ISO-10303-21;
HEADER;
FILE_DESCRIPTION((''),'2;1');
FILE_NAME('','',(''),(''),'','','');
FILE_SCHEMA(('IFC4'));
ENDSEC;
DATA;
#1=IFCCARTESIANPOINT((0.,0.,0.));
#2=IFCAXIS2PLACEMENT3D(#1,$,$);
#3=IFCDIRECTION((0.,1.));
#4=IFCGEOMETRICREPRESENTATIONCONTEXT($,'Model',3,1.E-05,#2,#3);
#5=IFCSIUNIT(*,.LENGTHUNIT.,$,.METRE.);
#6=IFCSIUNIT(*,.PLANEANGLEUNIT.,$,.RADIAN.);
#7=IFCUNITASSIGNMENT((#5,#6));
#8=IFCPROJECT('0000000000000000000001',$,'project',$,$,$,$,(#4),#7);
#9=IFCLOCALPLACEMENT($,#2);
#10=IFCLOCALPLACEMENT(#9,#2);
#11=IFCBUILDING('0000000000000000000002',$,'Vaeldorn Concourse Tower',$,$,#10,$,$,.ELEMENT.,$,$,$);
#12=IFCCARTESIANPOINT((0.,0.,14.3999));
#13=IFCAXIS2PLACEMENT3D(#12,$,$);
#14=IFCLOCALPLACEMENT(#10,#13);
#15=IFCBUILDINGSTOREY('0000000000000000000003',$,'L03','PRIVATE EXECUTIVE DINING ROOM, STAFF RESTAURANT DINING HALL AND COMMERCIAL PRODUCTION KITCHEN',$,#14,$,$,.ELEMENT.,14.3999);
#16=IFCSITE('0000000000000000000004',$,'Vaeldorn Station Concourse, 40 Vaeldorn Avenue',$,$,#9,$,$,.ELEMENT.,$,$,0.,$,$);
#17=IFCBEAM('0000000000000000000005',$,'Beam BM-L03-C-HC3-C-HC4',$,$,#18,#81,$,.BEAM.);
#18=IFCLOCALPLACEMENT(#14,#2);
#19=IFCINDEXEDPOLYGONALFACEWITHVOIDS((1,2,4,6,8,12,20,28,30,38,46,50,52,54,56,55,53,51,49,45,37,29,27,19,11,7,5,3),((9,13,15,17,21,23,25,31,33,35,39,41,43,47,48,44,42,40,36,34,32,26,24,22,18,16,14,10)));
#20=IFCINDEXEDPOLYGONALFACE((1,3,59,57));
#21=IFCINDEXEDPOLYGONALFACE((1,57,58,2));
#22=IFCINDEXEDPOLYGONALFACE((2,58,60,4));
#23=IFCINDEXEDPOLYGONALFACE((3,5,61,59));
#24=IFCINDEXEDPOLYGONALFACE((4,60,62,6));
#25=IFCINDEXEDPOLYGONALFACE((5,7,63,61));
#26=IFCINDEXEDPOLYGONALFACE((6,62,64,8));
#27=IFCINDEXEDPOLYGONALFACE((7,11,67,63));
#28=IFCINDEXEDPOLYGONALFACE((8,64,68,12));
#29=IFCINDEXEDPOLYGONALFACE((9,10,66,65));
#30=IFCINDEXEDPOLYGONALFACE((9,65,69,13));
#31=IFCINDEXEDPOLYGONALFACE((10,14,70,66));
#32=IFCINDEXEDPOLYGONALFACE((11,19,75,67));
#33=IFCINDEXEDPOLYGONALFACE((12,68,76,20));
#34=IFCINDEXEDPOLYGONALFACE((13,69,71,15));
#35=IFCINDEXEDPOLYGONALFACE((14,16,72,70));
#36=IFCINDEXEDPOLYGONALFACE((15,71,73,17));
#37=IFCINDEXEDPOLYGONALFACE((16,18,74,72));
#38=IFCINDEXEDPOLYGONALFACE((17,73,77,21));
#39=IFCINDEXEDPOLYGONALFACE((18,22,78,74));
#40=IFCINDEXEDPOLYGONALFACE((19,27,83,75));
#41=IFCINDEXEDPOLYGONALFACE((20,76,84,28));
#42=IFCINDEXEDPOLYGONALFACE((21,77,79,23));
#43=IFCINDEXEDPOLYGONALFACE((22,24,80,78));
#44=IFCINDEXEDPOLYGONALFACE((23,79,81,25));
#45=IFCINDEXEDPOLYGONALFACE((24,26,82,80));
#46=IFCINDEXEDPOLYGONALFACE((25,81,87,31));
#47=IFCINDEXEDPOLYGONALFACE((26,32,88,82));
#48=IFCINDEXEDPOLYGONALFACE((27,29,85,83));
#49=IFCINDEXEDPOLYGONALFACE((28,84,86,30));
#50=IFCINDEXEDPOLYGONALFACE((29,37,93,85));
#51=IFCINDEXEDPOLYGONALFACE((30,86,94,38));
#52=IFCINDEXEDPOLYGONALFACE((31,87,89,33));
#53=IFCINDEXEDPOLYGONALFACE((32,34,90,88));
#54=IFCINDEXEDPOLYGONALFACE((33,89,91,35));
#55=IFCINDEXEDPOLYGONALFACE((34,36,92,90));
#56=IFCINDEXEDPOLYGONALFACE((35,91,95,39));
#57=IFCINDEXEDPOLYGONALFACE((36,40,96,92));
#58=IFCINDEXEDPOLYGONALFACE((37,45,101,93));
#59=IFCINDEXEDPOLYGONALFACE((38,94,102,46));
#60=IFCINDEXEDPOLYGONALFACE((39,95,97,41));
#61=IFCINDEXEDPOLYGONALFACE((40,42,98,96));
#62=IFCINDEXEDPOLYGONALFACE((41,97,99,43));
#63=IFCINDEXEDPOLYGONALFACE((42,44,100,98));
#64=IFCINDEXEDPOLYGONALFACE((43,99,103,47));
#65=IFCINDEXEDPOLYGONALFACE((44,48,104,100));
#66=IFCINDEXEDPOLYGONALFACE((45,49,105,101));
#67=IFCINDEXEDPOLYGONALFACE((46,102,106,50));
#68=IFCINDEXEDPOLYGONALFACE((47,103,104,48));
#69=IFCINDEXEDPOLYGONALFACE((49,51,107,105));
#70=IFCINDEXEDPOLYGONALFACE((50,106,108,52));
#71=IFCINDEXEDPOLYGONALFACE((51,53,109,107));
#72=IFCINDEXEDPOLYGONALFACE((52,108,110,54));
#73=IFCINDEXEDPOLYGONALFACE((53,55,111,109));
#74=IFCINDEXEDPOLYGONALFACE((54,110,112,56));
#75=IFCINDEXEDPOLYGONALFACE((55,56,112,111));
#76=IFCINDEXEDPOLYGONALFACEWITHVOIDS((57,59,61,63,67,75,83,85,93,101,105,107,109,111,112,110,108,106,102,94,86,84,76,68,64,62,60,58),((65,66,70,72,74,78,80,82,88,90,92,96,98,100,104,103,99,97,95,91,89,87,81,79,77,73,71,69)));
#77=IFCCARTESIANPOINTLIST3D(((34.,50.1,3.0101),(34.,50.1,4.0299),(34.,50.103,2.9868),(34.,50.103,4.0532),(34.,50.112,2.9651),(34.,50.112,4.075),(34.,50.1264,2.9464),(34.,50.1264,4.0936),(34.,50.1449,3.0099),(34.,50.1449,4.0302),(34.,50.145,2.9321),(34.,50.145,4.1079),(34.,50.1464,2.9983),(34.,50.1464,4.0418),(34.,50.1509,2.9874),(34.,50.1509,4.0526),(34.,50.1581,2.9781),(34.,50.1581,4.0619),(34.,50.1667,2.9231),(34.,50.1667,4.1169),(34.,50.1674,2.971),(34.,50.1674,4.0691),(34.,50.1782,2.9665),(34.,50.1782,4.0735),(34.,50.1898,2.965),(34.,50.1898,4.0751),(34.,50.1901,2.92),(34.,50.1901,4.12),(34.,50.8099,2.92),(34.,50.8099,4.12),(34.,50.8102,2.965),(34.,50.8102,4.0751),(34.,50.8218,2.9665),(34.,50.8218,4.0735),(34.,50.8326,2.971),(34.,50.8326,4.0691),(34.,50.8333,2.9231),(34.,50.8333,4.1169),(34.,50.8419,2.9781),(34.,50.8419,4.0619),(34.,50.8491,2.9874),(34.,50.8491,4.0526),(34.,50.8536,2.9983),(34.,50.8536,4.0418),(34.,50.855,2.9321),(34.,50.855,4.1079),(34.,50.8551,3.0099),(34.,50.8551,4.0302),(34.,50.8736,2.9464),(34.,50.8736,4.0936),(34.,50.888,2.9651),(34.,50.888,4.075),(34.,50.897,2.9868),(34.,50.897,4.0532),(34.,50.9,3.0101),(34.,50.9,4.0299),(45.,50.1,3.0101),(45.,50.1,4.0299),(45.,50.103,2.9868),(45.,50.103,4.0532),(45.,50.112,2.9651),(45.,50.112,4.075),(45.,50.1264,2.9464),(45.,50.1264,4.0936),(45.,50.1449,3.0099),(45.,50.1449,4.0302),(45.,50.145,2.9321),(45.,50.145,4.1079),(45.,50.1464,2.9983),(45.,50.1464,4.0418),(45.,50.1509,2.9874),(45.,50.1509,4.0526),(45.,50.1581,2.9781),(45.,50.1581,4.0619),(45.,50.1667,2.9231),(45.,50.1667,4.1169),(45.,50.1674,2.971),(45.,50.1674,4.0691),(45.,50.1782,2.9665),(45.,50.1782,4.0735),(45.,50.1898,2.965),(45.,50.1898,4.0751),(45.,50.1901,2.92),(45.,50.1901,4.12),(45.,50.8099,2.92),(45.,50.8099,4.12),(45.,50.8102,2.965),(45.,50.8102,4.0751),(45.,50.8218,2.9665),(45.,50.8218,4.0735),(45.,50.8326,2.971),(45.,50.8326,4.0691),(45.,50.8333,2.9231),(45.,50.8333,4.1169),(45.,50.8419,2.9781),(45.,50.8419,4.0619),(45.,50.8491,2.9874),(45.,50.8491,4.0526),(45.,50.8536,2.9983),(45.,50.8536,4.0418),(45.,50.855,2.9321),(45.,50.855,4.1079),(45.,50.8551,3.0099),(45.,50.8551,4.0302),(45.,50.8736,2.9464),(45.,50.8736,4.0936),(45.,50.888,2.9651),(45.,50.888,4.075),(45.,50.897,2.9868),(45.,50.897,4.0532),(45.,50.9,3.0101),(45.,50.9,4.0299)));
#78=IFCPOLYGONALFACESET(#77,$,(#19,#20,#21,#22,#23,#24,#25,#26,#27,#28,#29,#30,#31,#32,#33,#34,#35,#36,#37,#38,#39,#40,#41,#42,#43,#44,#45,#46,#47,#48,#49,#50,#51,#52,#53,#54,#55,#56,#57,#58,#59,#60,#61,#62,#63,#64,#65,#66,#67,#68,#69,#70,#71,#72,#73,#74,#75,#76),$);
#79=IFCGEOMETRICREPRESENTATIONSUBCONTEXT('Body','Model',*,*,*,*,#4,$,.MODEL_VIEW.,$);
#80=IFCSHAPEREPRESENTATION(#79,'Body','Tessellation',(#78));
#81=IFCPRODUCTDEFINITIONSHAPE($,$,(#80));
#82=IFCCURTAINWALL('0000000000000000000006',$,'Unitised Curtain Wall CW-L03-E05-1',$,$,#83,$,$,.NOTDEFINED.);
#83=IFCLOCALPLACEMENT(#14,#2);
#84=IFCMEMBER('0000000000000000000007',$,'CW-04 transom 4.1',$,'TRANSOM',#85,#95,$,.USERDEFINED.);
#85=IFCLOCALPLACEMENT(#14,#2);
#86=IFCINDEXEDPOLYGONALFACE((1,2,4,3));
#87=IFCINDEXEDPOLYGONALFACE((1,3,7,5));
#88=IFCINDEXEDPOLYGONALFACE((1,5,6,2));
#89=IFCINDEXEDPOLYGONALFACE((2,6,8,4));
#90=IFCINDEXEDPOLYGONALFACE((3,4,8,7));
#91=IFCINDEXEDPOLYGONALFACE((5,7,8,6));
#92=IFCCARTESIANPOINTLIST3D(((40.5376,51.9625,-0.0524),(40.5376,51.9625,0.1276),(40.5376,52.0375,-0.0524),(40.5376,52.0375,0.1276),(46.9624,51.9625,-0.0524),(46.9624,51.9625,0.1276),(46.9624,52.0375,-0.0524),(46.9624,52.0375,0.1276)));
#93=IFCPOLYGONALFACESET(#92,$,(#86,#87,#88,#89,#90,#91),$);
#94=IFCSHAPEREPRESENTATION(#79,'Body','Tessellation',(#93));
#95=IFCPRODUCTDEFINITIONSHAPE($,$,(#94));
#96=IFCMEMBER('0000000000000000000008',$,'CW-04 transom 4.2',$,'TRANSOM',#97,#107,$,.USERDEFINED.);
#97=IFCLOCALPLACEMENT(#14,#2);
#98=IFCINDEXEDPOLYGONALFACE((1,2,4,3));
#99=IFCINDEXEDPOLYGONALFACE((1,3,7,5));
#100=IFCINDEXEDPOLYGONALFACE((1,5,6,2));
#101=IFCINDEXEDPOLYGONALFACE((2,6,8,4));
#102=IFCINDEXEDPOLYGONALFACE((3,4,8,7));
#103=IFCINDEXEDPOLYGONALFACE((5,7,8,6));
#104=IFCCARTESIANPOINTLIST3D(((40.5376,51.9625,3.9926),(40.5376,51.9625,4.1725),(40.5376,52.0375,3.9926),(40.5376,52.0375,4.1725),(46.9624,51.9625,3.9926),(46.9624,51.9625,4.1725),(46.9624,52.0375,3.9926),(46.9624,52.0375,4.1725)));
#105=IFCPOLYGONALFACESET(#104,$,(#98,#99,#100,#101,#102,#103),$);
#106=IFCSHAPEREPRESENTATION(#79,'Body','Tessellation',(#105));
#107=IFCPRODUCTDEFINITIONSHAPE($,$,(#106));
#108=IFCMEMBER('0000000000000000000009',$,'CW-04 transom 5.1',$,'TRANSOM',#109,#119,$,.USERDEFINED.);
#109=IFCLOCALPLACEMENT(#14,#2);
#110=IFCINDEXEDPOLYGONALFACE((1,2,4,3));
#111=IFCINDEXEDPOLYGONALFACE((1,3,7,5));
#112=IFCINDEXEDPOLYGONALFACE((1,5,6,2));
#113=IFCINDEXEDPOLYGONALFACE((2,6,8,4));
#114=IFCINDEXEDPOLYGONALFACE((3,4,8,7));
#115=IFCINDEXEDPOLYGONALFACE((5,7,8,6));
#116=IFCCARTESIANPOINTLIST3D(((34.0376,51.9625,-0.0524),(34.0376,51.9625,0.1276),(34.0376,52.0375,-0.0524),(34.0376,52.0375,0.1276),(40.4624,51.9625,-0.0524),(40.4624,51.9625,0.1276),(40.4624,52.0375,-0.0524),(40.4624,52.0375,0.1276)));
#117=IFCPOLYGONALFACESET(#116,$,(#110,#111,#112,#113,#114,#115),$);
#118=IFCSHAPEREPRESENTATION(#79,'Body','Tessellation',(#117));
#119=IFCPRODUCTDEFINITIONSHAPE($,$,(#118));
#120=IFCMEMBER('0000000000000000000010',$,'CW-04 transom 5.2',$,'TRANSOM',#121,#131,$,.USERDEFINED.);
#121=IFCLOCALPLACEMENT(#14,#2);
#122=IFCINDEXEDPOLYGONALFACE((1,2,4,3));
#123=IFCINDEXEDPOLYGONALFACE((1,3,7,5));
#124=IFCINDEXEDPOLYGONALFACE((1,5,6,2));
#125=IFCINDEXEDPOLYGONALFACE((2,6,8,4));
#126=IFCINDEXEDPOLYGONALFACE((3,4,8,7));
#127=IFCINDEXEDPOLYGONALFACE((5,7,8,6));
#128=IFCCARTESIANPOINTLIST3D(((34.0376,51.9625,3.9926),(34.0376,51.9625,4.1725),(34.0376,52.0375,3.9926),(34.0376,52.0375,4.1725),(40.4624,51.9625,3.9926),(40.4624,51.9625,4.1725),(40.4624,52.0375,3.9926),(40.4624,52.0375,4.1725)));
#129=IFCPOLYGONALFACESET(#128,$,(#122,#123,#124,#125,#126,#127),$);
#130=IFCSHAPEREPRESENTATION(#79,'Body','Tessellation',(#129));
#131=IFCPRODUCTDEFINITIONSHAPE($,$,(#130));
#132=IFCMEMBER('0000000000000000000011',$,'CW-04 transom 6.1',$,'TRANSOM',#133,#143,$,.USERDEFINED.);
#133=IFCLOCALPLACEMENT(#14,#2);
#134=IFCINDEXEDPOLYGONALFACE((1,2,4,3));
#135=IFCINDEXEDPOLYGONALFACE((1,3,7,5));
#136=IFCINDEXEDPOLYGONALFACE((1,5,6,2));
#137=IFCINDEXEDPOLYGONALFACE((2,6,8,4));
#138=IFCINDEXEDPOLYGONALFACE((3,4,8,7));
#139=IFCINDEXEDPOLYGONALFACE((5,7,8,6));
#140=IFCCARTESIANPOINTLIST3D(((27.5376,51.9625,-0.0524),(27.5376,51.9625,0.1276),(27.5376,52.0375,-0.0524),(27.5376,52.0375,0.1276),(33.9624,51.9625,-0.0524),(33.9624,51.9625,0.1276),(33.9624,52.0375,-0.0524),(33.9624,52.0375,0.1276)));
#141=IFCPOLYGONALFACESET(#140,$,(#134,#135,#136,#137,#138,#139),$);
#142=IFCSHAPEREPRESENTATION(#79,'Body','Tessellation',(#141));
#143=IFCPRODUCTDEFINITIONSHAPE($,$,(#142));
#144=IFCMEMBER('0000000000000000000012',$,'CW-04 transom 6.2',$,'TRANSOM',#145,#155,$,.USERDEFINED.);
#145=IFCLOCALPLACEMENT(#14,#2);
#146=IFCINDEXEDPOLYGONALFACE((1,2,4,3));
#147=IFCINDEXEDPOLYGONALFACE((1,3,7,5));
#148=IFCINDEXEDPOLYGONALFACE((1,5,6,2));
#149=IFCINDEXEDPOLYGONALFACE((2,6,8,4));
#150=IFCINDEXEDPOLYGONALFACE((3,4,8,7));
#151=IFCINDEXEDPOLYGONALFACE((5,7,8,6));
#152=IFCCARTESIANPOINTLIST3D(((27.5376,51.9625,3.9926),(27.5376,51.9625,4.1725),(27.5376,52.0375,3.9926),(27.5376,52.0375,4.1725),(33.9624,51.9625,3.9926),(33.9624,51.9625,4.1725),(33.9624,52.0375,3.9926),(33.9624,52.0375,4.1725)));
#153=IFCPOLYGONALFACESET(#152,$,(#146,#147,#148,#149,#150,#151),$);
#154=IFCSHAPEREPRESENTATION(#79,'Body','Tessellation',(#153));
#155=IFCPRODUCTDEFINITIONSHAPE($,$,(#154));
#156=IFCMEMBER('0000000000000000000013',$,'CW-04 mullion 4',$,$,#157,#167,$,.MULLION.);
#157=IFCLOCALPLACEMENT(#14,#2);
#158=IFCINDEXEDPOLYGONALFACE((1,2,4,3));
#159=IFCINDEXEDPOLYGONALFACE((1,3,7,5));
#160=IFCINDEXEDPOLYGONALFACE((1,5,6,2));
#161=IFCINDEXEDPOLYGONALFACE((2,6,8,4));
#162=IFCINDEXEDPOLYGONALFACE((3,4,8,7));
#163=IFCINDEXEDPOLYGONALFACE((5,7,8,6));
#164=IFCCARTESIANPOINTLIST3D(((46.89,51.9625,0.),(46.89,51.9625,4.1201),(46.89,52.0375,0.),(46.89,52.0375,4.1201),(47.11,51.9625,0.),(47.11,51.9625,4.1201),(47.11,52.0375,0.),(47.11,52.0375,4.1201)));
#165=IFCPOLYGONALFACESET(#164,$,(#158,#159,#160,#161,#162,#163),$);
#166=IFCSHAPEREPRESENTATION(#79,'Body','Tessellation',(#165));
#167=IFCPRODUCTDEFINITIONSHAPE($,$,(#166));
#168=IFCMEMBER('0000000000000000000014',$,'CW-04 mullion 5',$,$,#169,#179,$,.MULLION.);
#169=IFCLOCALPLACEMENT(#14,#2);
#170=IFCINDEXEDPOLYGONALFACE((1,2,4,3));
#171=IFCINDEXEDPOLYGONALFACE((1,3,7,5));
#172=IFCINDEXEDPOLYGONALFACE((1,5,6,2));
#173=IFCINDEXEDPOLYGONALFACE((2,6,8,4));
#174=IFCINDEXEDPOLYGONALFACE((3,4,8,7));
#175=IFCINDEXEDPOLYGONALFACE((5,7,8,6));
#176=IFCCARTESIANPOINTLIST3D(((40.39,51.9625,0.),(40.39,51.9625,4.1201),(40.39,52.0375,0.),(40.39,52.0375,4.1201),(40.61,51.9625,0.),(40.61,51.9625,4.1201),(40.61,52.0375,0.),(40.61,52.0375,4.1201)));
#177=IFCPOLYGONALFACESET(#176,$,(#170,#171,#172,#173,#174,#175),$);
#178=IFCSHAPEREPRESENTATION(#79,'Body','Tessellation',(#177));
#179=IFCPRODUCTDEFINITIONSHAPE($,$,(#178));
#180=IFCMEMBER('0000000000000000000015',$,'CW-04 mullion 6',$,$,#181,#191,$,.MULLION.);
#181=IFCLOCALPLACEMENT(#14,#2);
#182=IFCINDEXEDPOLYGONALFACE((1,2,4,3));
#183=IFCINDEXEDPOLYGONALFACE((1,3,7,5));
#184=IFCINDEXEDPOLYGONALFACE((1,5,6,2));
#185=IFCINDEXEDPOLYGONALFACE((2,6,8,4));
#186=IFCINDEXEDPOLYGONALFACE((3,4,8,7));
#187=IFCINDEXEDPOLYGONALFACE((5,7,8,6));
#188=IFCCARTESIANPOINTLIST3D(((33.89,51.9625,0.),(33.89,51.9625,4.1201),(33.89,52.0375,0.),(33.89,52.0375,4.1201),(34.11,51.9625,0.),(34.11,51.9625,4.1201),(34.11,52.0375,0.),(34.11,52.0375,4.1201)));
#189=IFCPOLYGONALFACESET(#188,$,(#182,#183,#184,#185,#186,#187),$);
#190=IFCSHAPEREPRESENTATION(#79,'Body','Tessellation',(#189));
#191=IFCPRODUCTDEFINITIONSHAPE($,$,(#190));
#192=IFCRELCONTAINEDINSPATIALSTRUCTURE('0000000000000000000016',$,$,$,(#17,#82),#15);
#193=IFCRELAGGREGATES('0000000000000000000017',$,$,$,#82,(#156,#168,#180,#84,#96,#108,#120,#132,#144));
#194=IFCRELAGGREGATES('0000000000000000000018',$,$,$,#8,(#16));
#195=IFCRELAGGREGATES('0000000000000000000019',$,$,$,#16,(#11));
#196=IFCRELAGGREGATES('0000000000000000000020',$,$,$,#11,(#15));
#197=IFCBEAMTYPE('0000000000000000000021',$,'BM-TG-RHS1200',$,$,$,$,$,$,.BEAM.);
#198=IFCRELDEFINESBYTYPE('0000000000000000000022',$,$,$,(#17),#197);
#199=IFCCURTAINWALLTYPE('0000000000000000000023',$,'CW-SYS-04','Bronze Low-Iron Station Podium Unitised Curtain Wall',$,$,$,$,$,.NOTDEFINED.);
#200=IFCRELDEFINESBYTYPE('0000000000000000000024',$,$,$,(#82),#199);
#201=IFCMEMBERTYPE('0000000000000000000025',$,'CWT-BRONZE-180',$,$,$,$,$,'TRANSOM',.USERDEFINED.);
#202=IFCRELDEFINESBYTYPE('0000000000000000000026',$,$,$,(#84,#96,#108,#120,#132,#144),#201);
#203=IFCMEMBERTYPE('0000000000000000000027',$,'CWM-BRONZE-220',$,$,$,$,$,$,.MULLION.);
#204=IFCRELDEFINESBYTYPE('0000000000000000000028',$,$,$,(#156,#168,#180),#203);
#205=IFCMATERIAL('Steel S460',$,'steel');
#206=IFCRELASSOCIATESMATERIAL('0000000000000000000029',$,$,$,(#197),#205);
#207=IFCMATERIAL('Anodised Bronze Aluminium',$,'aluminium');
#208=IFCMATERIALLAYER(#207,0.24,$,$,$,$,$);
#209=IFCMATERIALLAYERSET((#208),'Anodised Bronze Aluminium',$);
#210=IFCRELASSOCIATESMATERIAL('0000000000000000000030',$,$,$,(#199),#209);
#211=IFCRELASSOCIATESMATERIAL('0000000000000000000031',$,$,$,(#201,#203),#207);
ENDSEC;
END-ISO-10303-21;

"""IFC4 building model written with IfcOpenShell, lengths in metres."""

from ifc_helpers import new_model, si_unit, direction, frame, origin, origin_2d, place, context, subcontext, project, spatial, rectangle, hollow_rectangle, extrude, source, transform, mapped, material, layer, layer_set, material_profile, profile_set, type_object, element, aggregate, save


model = new_model("IFC4")

# Units and contexts
model_context = context("Model", 3, precision=1e-05, world=origin(), true_north=direction((0.0, 1.0)))
body_context = subcontext(model_context, "Body", "Model", "MODEL_VIEW")
ifc_project = project(units=[si_unit("LENGTHUNIT", "METRE"), si_unit("PLANEANGLEUNIT", "RADIAN")], contexts=[model_context])

# Site, building, storey
site_placement = place(None, origin())
site = spatial("IfcSite", under=ifc_project, at=site_placement, Name="Vaeldorn Station Concourse, 40 Vaeldorn Avenue", CompositionType="ELEMENT", RefElevation=0.0)
building_placement = place(site_placement, origin())
building = spatial("IfcBuilding", under=site, at=building_placement, Name="Vaeldorn Concourse Tower", CompositionType="ELEMENT")
storey_placement = place(building_placement, frame((0.0, 0.0, 14.3999)))
storey = spatial("IfcBuildingStorey", under=building, at=storey_placement, Name="L03", Description="PRIVATE EXECUTIVE DINING ROOM, STAFF RESTAURANT DINING HALL AND COMMERCIAL PRODUCTION KITCHEN", CompositionType="ELEMENT", Elevation=14.3999)

# Shared definitions
ifc_material_1 = material(Name="Steel S460", Category="steel")

# Beam
ifc_material_profile_1 = material_profile(ifc_material_1, hollow_rectangle(XDim=0.8, YDim=1.2, WallThickness=0.0449, InnerFilletRadius=0.0449, OuterFilletRadius=0.0901, at=origin_2d()), Name="RHS 1200x800x45")
ifc_profile_set_1 = profile_set([ifc_material_profile_1], Name="Steel S460")
beam_type = type_object("IfcBeamType", Name="BM-TG-RHS1200", PredefinedType="BEAM", material=ifc_profile_set_1)
shared_shape_1 = source(origin(), body_context, "Body", "SweptSolid", [
    extrude(hollow_rectangle(XDim=0.8, YDim=1.2, WallThickness=0.0449, InnerFilletRadius=0.0449, OuterFilletRadius=0.0901, at=origin_2d()), origin(), (0.0, 0.0, 1.0), 11.0),
])
beam_1_placement = place(storey_placement, frame((34.0, 50.5, 3.52), z_axis=(1.0, 0.0, 0.0), x_axis=(0.0, 1.0, 0.0)))
element("IfcBeam", 1, at=beam_1_placement, inside=storey, type_object=beam_type, Name="Beam BM-L03-C-HC3-C-HC4", PredefinedType="BEAM", context=body_context, shape_type="MappedRepresentation", body=[
    mapped(shared_shape_1, transform((0.0, 0.0, 0.0), scale=1.0)),
])

# Curtain wall, members
ifc_material_2 = material(Name="Anodised Bronze Aluminium", Category="aluminium")
ifc_layer_1 = layer(ifc_material_2, 0.24)
ifc_layer_set_1 = layer_set([ifc_layer_1], Name="Anodised Bronze Aluminium")
curtain_wall_type = type_object("IfcCurtainWallType", Name="CW-SYS-04", Description="Bronze Low-Iron Station Podium Unitised Curtain Wall", PredefinedType="NOTDEFINED", material=ifc_layer_set_1)
curtain_wall_placement = place(storey_placement, origin())
curtain_wall = element("IfcCurtainWall", 2, at=curtain_wall_placement, inside=storey, type_object=curtain_wall_type, Name="Unitised Curtain Wall CW-L03-E05-1", PredefinedType="NOTDEFINED")
ifc_material_profile_2 = material_profile(ifc_material_2, rectangle(XDim=0.075, YDim=0.1799, at=origin_2d()), Name="CWT 75x180")
ifc_profile_set_2 = profile_set([ifc_material_profile_2], Name="Anodised Bronze Aluminium")
member_type_1 = type_object("IfcMemberType", Name="CWT-BRONZE-180", ElementType="TRANSOM", PredefinedType="USERDEFINED", material=ifc_profile_set_2)
shared_shape_2 = source(origin(), body_context, "Body", "SweptSolid", [
    extrude(rectangle(XDim=0.075, YDim=0.1799, at=origin_2d()), origin(), (0.0, 0.0, 1.0), 6.4248),
])
member_1_placement = place(storey_placement, frame((46.9624, 52.0, 0.0376), z_axis=(-1.0, 0.0, 0.0), x_axis=(0.0, -1.0, 0.0)))
member_1 = element("IfcMember", 3, at=member_1_placement, type_object=member_type_1, Name="CW-04 transom 4.1", ObjectType="TRANSOM", PredefinedType="USERDEFINED", context=body_context, shape_type="MappedRepresentation", body=[
    mapped(shared_shape_2, transform((0.0, 0.0, 0.0), scale=1.0)),
])
member_2_placement = place(storey_placement, frame((46.9624, 52.0, 4.0825), z_axis=(-1.0, 0.0, 0.0), x_axis=(0.0, -1.0, 0.0)))
member_2 = element("IfcMember", 4, at=member_2_placement, type_object=member_type_1, Name="CW-04 transom 4.2", ObjectType="TRANSOM", PredefinedType="USERDEFINED", context=body_context, shape_type="MappedRepresentation", body=[
    mapped(shared_shape_2, transform((0.0, 0.0, 0.0), scale=1.0)),
])
member_3_placement = place(storey_placement, frame((40.4624, 52.0, 0.0376), z_axis=(-1.0, 0.0, 0.0), x_axis=(0.0, -1.0, 0.0)))
member_3 = element("IfcMember", 5, at=member_3_placement, type_object=member_type_1, Name="CW-04 transom 5.1", ObjectType="TRANSOM", PredefinedType="USERDEFINED", context=body_context, shape_type="MappedRepresentation", body=[
    mapped(shared_shape_2, transform((0.0, 0.0, 0.0), scale=1.0)),
])
member_4_placement = place(storey_placement, frame((40.4624, 52.0, 4.0825), z_axis=(-1.0, 0.0, 0.0), x_axis=(0.0, -1.0, 0.0)))
member_4 = element("IfcMember", 6, at=member_4_placement, type_object=member_type_1, Name="CW-04 transom 5.2", ObjectType="TRANSOM", PredefinedType="USERDEFINED", context=body_context, shape_type="MappedRepresentation", body=[
    mapped(shared_shape_2, transform((0.0, 0.0, 0.0), scale=1.0)),
])
member_5_placement = place(storey_placement, frame((33.9624, 52.0, 0.0376), z_axis=(-1.0, 0.0, 0.0), x_axis=(0.0, -1.0, 0.0)))
member_5 = element("IfcMember", 7, at=member_5_placement, type_object=member_type_1, Name="CW-04 transom 6.1", ObjectType="TRANSOM", PredefinedType="USERDEFINED", context=body_context, shape_type="MappedRepresentation", body=[
    mapped(shared_shape_2, transform((0.0, 0.0, 0.0), scale=1.0)),
])
member_6_placement = place(storey_placement, frame((33.9624, 52.0, 4.0825), z_axis=(-1.0, 0.0, 0.0), x_axis=(0.0, -1.0, 0.0)))
member_6 = element("IfcMember", 8, at=member_6_placement, type_object=member_type_1, Name="CW-04 transom 6.2", ObjectType="TRANSOM", PredefinedType="USERDEFINED", context=body_context, shape_type="MappedRepresentation", body=[
    mapped(shared_shape_2, transform((0.0, 0.0, 0.0), scale=1.0)),
])
ifc_material_profile_3 = material_profile(ifc_material_2, rectangle(XDim=0.075, YDim=0.22, at=origin_2d()), Name="CWM 75x220")
ifc_profile_set_3 = profile_set([ifc_material_profile_3], Name="Anodised Bronze Aluminium")
member_type_2 = type_object("IfcMemberType", Name="CWM-BRONZE-220", PredefinedType="MULLION", material=ifc_profile_set_3)
shared_shape_3 = source(origin(), body_context, "Body", "SweptSolid", [
    extrude(rectangle(XDim=0.075, YDim=0.22, at=origin_2d()), origin(), (0.0, 0.0, 1.0), 4.1201),
])
member_7_placement = place(storey_placement, frame((47.0, 52.0, 0.0), z_axis=(0.0, 0.0, 1.0), x_axis=(0.0, -1.0, 0.0)))
member_7 = element("IfcMember", 9, at=member_7_placement, type_object=member_type_2, Name="CW-04 mullion 4", PredefinedType="MULLION", context=body_context, shape_type="MappedRepresentation", body=[
    mapped(shared_shape_3, transform((0.0, 0.0, 0.0), scale=1.0)),
])
member_8_placement = place(storey_placement, frame((40.5, 52.0, 0.0), z_axis=(0.0, 0.0, 1.0), x_axis=(0.0, -1.0, 0.0)))
member_8 = element("IfcMember", 10, at=member_8_placement, type_object=member_type_2, Name="CW-04 mullion 5", PredefinedType="MULLION", context=body_context, shape_type="MappedRepresentation", body=[
    mapped(shared_shape_3, transform((0.0, 0.0, 0.0), scale=1.0)),
])
member_9_placement = place(storey_placement, frame((34.0, 52.0, 0.0), z_axis=(0.0, 0.0, 1.0), x_axis=(0.0, -1.0, 0.0)))
member_9 = element("IfcMember", 11, at=member_9_placement, type_object=member_type_2, Name="CW-04 mullion 6", PredefinedType="MULLION", context=body_context, shape_type="MappedRepresentation", body=[
    mapped(shared_shape_3, transform((0.0, 0.0, 0.0), scale=1.0)),
])
aggregate(curtain_wall, [member_7, member_8, member_9, member_1, member_2, member_3, member_4, member_5, member_6])

save(model, "model.ifc")
